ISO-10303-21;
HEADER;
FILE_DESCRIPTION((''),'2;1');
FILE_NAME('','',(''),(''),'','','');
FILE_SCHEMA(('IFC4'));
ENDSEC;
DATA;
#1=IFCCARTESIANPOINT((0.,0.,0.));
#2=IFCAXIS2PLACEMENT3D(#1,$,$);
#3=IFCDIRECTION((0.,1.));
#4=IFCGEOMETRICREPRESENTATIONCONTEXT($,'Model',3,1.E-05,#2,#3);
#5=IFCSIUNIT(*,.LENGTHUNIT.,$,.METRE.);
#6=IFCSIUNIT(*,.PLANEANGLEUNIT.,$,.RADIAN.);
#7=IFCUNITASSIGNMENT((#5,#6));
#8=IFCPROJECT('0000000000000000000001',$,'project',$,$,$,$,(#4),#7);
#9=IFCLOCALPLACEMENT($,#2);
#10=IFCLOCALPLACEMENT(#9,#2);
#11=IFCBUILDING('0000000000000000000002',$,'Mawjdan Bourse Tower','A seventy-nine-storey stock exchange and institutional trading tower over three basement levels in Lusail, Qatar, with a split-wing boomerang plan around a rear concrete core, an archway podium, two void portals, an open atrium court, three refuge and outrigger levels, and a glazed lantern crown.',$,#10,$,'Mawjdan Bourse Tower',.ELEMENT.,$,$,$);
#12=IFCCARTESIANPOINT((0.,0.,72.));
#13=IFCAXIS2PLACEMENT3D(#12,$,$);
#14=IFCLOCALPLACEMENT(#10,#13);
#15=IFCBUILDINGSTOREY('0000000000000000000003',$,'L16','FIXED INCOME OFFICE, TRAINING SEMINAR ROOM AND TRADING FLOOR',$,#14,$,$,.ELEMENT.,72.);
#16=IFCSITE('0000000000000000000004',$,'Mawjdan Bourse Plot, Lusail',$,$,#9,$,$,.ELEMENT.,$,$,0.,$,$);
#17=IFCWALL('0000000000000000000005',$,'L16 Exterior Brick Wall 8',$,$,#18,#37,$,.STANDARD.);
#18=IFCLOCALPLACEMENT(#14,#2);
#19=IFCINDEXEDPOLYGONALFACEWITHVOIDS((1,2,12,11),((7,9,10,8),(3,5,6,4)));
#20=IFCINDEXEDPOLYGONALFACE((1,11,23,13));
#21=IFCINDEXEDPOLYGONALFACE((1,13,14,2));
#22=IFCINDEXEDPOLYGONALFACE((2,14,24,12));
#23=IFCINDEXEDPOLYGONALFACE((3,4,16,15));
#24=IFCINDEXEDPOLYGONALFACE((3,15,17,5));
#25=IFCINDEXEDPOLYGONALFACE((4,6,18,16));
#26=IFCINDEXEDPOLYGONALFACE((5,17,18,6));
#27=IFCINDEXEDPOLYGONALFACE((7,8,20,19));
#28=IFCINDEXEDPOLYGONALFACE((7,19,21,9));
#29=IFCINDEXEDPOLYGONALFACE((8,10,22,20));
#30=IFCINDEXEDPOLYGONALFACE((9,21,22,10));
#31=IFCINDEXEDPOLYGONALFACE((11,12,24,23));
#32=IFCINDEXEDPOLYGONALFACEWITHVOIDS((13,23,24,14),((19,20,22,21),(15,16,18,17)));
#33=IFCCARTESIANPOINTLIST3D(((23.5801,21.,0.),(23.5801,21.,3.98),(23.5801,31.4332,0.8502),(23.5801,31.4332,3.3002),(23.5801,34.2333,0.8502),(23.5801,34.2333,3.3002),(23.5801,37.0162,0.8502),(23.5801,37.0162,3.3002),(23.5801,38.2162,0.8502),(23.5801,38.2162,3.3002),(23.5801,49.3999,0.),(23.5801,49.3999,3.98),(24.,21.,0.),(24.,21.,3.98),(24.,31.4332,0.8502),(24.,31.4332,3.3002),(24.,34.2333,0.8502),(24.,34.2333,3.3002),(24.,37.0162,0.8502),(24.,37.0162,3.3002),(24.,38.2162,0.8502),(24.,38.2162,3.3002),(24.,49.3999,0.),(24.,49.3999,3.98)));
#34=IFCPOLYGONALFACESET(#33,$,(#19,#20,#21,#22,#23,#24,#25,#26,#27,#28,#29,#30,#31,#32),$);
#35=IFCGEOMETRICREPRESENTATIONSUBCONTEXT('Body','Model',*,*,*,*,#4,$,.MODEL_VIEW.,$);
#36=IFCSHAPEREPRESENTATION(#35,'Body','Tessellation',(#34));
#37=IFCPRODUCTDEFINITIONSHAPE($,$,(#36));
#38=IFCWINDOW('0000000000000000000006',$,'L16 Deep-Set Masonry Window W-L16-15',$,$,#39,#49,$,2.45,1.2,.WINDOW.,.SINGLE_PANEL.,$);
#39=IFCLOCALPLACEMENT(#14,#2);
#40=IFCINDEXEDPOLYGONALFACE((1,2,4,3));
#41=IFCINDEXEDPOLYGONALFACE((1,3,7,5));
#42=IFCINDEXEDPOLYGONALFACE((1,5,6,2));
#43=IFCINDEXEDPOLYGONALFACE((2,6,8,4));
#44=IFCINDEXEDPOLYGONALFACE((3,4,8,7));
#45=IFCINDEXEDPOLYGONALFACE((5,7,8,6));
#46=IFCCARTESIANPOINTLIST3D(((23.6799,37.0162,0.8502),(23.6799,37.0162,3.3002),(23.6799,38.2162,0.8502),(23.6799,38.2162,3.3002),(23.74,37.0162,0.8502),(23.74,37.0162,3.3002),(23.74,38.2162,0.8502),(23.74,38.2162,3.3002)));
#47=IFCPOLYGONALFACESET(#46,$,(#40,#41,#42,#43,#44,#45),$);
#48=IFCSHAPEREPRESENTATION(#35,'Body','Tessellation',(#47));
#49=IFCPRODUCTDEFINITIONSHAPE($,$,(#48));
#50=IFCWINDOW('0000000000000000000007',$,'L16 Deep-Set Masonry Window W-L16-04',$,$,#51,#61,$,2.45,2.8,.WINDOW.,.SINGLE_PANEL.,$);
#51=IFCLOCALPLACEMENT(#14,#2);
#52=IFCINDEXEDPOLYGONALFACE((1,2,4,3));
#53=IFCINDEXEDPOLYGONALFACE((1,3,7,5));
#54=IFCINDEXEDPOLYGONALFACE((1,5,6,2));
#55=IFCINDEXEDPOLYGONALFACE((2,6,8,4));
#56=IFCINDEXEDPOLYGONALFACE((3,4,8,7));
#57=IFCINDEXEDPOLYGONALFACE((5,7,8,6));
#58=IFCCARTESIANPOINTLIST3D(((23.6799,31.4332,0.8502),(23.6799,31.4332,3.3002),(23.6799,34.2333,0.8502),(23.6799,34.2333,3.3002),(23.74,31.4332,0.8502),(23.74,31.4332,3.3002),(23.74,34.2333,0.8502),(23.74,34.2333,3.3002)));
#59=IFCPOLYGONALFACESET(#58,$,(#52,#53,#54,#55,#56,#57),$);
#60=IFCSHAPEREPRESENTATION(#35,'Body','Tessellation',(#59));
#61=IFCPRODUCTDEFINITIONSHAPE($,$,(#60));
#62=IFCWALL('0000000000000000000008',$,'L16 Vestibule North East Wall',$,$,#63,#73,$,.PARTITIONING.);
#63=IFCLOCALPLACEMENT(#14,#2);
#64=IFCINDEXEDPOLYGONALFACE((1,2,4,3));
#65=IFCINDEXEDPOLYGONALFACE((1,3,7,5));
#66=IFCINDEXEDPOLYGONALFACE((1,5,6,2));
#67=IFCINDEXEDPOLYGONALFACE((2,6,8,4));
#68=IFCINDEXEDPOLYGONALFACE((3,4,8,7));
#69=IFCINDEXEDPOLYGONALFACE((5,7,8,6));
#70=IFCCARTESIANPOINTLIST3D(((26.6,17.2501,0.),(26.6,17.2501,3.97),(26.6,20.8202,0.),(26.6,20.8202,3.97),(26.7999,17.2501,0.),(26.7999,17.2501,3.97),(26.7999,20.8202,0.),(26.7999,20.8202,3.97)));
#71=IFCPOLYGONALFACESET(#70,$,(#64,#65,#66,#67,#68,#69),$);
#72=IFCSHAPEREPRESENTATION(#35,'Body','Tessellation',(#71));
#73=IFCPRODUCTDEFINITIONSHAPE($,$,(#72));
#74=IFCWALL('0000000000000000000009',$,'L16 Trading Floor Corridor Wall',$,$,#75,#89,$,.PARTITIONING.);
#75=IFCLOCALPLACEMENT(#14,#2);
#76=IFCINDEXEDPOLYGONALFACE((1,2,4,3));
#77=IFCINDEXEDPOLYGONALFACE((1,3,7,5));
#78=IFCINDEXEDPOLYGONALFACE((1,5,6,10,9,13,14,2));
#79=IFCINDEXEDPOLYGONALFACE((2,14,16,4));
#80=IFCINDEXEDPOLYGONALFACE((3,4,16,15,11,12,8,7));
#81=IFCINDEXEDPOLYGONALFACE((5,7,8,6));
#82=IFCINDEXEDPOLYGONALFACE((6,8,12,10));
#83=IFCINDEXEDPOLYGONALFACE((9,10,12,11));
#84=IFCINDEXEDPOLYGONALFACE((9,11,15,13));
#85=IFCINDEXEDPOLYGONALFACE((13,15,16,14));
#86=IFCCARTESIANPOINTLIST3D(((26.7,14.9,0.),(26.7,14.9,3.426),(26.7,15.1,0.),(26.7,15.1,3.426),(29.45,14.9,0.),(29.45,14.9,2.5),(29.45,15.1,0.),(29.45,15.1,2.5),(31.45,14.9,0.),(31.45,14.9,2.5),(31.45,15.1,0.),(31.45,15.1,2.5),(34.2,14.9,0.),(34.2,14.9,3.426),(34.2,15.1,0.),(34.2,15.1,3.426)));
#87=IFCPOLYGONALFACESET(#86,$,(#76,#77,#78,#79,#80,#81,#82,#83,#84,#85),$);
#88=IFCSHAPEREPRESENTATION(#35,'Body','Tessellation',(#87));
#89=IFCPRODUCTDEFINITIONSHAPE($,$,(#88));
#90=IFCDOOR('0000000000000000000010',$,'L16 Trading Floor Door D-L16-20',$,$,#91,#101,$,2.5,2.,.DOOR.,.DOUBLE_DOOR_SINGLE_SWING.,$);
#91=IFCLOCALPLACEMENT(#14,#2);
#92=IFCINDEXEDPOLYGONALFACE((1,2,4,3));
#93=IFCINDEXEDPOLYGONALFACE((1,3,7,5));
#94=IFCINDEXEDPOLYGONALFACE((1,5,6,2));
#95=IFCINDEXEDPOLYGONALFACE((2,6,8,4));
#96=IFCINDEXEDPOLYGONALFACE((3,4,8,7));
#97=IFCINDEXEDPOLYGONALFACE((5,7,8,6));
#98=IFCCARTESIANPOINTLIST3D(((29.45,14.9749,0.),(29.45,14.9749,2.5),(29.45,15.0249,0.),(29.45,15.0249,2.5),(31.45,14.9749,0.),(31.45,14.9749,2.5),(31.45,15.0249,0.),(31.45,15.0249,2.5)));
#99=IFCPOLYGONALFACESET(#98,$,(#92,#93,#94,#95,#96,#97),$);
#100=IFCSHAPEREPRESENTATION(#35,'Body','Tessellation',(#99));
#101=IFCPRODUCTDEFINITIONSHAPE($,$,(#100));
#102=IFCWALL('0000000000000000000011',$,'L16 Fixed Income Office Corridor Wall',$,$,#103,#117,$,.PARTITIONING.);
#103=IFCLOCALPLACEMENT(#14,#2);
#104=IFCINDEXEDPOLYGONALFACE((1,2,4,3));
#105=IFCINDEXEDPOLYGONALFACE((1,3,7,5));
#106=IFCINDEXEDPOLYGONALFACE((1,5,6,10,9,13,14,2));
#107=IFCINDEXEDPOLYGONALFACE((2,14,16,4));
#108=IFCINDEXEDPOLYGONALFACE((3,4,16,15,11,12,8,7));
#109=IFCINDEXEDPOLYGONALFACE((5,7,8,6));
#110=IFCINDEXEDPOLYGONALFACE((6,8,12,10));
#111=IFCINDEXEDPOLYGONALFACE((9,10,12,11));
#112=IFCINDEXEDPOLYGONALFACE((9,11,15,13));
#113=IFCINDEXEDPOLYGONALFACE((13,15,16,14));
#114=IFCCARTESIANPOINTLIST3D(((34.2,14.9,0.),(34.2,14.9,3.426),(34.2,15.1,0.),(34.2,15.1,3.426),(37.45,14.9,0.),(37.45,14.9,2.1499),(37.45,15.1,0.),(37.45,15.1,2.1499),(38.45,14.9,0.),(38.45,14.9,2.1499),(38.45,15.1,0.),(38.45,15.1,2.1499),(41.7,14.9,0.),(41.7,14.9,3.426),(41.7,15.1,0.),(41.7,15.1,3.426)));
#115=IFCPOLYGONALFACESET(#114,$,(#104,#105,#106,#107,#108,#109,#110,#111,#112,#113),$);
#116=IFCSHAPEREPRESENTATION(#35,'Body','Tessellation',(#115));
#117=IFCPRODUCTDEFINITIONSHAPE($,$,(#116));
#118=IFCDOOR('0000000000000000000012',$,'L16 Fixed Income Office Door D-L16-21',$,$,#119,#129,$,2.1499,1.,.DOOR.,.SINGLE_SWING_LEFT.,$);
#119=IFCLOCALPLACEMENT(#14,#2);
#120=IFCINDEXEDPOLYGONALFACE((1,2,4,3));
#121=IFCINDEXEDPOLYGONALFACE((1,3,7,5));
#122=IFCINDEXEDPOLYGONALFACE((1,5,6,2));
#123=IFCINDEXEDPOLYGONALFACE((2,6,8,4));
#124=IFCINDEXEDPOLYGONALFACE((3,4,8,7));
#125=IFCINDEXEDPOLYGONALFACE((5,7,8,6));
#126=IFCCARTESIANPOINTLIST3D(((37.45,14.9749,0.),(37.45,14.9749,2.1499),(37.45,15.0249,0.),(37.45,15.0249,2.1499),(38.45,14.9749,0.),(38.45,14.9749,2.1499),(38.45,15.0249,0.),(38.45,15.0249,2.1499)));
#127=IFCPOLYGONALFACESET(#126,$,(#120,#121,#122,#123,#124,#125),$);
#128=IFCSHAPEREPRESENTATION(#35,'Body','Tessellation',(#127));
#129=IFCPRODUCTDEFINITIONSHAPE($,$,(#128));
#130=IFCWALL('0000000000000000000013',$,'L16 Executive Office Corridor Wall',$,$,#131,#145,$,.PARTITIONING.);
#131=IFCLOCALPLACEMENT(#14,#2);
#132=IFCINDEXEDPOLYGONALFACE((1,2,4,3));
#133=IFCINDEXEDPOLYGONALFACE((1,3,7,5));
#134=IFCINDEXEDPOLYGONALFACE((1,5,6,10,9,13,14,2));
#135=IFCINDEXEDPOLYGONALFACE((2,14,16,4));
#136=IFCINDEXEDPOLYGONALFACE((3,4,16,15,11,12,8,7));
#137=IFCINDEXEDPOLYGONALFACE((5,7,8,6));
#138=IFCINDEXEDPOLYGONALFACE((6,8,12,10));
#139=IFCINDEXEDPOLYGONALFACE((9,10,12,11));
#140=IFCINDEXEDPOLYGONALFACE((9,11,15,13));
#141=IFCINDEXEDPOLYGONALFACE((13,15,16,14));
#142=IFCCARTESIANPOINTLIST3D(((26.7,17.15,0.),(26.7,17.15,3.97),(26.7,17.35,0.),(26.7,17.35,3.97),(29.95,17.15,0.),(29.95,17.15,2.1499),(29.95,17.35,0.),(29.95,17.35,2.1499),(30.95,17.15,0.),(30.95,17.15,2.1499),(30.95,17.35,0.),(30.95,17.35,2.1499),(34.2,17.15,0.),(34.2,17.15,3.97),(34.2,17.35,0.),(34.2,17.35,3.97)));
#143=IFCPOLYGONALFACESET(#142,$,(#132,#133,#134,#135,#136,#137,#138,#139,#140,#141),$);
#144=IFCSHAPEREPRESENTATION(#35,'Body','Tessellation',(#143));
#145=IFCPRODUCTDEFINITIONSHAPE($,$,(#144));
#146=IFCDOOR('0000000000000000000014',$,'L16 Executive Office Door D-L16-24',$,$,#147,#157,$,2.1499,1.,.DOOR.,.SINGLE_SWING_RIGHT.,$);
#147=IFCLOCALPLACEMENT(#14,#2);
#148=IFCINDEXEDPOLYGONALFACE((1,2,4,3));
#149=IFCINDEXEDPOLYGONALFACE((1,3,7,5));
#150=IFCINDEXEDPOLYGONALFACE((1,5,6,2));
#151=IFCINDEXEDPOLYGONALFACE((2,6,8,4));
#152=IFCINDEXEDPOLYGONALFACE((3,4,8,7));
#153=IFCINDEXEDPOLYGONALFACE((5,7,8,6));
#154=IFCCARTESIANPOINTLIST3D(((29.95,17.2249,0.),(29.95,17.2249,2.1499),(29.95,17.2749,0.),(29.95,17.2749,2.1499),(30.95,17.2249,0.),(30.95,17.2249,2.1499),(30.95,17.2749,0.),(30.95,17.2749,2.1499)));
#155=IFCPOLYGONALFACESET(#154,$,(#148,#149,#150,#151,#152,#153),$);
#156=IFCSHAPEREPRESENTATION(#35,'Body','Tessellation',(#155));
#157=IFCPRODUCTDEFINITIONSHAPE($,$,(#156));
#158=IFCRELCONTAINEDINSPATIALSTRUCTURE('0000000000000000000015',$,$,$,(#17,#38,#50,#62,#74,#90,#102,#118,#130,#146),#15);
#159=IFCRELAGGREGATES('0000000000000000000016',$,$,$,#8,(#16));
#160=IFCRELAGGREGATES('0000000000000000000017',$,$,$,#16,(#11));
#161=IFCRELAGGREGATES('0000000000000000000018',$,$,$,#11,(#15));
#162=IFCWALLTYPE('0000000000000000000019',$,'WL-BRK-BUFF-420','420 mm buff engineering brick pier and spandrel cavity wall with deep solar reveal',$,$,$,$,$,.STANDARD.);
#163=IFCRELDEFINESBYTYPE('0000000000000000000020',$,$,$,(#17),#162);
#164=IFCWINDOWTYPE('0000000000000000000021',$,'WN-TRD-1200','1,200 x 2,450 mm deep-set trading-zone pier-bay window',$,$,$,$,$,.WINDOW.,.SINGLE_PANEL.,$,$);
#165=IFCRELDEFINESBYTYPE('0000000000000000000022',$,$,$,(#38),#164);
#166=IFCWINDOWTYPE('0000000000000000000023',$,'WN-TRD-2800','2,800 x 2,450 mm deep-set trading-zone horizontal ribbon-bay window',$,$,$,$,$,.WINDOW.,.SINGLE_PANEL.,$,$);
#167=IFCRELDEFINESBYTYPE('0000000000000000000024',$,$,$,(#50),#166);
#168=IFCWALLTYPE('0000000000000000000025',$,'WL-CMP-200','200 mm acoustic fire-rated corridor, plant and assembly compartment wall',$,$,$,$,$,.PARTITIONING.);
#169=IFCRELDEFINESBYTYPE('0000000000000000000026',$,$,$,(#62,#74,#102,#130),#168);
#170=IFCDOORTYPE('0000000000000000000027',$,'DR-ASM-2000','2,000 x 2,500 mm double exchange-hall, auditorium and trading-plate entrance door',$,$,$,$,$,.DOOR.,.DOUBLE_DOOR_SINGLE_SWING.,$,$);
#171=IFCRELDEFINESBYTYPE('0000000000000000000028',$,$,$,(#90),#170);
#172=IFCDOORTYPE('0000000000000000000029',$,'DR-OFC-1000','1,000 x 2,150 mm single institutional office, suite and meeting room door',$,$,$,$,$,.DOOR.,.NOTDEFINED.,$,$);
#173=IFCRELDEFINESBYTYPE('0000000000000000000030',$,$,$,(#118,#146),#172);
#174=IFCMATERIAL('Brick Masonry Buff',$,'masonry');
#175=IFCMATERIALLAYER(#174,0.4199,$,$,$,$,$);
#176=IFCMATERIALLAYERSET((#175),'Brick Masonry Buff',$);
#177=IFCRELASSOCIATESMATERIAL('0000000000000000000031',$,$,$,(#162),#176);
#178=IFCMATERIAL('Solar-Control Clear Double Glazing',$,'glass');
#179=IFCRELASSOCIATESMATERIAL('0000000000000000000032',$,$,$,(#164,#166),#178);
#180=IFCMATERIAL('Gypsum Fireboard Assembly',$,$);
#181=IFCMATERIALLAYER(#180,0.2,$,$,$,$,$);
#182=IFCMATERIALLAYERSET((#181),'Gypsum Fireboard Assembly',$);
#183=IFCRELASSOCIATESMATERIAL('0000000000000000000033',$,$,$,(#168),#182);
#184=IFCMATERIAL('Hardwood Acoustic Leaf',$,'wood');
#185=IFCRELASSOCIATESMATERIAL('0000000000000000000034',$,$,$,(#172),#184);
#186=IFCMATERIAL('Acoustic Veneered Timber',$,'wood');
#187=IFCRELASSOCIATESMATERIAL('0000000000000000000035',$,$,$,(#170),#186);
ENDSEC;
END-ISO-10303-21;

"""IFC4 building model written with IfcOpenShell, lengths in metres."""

from ifc_helpers import new_model, si_unit, direction, frame, frame_2d, origin, place, context, subcontext, project, spatial, rectangle, extrude, material, layer, layer_set, type_object, element, fill, save


model = new_model("IFC4")

# Units and contexts
model_context = context("Model", 3, precision=1e-05, world=origin(), true_north=direction((0.0, 1.0)))
body_context = subcontext(model_context, "Body", "Model", "MODEL_VIEW")
ifc_project = project(units=[si_unit("LENGTHUNIT", "METRE"), si_unit("PLANEANGLEUNIT", "RADIAN")], contexts=[model_context])

# Site, building, storey
site_placement = place(None, origin())
site = spatial("IfcSite", under=ifc_project, at=site_placement, Name="Mawjdan Bourse Plot, Lusail", CompositionType="ELEMENT", RefElevation=0.0)
building_placement = place(site_placement, origin())
building = spatial("IfcBuilding", under=site, at=building_placement, Name="Mawjdan Bourse Tower", Description="A seventy-nine-storey stock exchange and institutional trading tower over three basement levels in Lusail, Qatar, with a split-wing boomerang plan around a rear concrete core, an archway podium, two void portals, an open atrium court, three refuge and outrigger levels, and a glazed lantern crown.", LongName="Mawjdan Bourse Tower", CompositionType="ELEMENT")
storey_placement = place(building_placement, frame((0.0, 0.0, 72.0)))
storey = spatial("IfcBuildingStorey", under=building, at=storey_placement, Name="L16", Description="FIXED INCOME OFFICE, TRAINING SEMINAR ROOM AND TRADING FLOOR", CompositionType="ELEMENT", Elevation=72.0)

# Wall, openings, windows
ifc_material_1 = material(Name="Brick Masonry Buff", Category="masonry")
ifc_layer_1 = layer(ifc_material_1, 0.4199)
ifc_layer_set_1 = layer_set([ifc_layer_1], Name="Brick Masonry Buff")
wall_type_1 = type_object("IfcWallType", Name="WL-BRK-BUFF-420", Description="420 mm buff engineering brick pier and spandrel cavity wall with deep solar reveal", PredefinedType="STANDARD", material=ifc_layer_set_1)
wall_1_placement = place(storey_placement, frame((23.79, 21.0, 0.0), z_axis=(0.0, 0.0, 1.0), x_axis=(0.0, 1.0, 0.0)))
wall_1 = element("IfcWall", 1, at=wall_1_placement, inside=storey, type_object=wall_type_1, Name="L16 Exterior Brick Wall 8", PredefinedType="STANDARD", context=body_context, shape_type="SweptSolid", body=[
    extrude(rectangle(XDim=28.3999, YDim=0.4199, at=frame_2d((14.2, 0.0))), origin(), (0.0, 0.0, 1.0), 3.98),
])
opening_1_placement = place(wall_1_placement, frame((10.4333, 0.0, 0.8501)))
opening_1 = element("IfcOpeningElement", 2, at=opening_1_placement, cuts=wall_1, PredefinedType="OPENING", context=body_context, shape_type="SweptSolid", body=[
    extrude(rectangle(XDim=2.8, YDim=2.45, at=frame_2d((1.3999, 1.2251))), frame((0.0, 0.22, 0.0), z_axis=(0.0, -1.0, 0.0), x_axis=(1.0, 0.0, 0.0)), (0.0, 0.0, 1.0), 0.4399),
])
opening_2_placement = place(wall_1_placement, frame((16.0161, 0.0, 0.8501)))
opening_2 = element("IfcOpeningElement", 3, at=opening_2_placement, cuts=wall_1, PredefinedType="OPENING", context=body_context, shape_type="SweptSolid", body=[
    extrude(rectangle(XDim=1.2, YDim=2.45, at=frame_2d((0.6001, 1.2251))), frame((0.0, 0.22, 0.0), z_axis=(0.0, -1.0, 0.0), x_axis=(1.0, 0.0, 0.0)), (0.0, 0.0, 1.0), 0.4399),
])
ifc_material_2 = material(Name="Solar-Control Clear Double Glazing", Category="glass")
window_type_1 = type_object("IfcWindowType", Name="WN-TRD-1200", Description="1,200 x 2,450 mm deep-set trading-zone pier-bay window", PartitioningType="SINGLE_PANEL", PredefinedType="WINDOW", material=ifc_material_2)
window_1_placement = place(opening_2_placement, origin())
window_1 = element("IfcWindow", 4, at=window_1_placement, inside=storey, type_object=window_type_1, Name="L16 Deep-Set Masonry Window W-L16-15", OverallHeight=2.45, OverallWidth=1.2, PartitioningType="SINGLE_PANEL", PredefinedType="WINDOW", context=body_context, shape_type="SweptSolid", body=[
    extrude(rectangle(XDim=1.2, YDim=2.45, at=frame_2d((0.6001, 1.2251))), frame((0.0, 0.1101, 0.0), z_axis=(0.0, -1.0, 0.0), x_axis=(1.0, 0.0, 0.0)), (0.0, 0.0, 1.0), 0.0601),
])
fill(opening_2, window_1)
window_type_2 = type_object("IfcWindowType", Name="WN-TRD-2800", Description="2,800 x 2,450 mm deep-set trading-zone horizontal ribbon-bay window", PartitioningType="SINGLE_PANEL", PredefinedType="WINDOW", material=ifc_material_2)
window_2_placement = place(opening_1_placement, origin())
window_2 = element("IfcWindow", 5, at=window_2_placement, inside=storey, type_object=window_type_2, Name="L16 Deep-Set Masonry Window W-L16-04", OverallHeight=2.45, OverallWidth=2.8, PartitioningType="SINGLE_PANEL", PredefinedType="WINDOW", context=body_context, shape_type="SweptSolid", body=[
    extrude(rectangle(XDim=2.8, YDim=2.45, at=frame_2d((1.3999, 1.2251))), frame((0.0, 0.1101, 0.0), z_axis=(0.0, -1.0, 0.0), x_axis=(1.0, 0.0, 0.0)), (0.0, 0.0, 1.0), 0.0601),
])
fill(opening_1, window_2)

# Shared definitions
ifc_material_3 = material(Name="Gypsum Fireboard Assembly")
ifc_layer_2 = layer(ifc_material_3, 0.2)
ifc_layer_set_2 = layer_set([ifc_layer_2], Name="Gypsum Fireboard Assembly")
wall_type_2 = type_object("IfcWallType", Name="WL-CMP-200", Description="200 mm acoustic fire-rated corridor, plant and assembly compartment wall", PredefinedType="PARTITIONING", material=ifc_layer_set_2)
ifc_material_4 = material(Name="Hardwood Acoustic Leaf", Category="wood")
door_type_1 = type_object("IfcDoorType", Name="DR-OFC-1000", Description="1,000 x 2,150 mm single institutional office, suite and meeting room door", OperationType="NOTDEFINED", PredefinedType="DOOR", material=ifc_material_4)

# Wall
wall_2_placement = place(storey_placement, frame((26.7, 17.25, 0.0), z_axis=(0.0, 0.0, 1.0), x_axis=(0.0, 1.0, 0.0)))
element("IfcWall", 6, at=wall_2_placement, inside=storey, type_object=wall_type_2, Name="L16 Vestibule North East Wall", PredefinedType="PARTITIONING", context=body_context, shape_type="SweptSolid", body=[
    extrude(rectangle(XDim=3.5701, YDim=0.2, at=frame_2d((1.7852, 0.0))), origin(), (0.0, 0.0, 1.0), 3.97),
])

# Walls, openings, doors
wall_3_placement = place(storey_placement, frame((26.7, 15.0, 0.0), z_axis=(0.0, 0.0, 1.0), x_axis=(1.0, 0.0, 0.0)))
wall_3 = element("IfcWall", 7, at=wall_3_placement, inside=storey, type_object=wall_type_2, Name="L16 Trading Floor Corridor Wall", PredefinedType="PARTITIONING", context=body_context, shape_type="SweptSolid", body=[
    extrude(rectangle(XDim=7.5, YDim=0.2, at=frame_2d((3.75, 0.0))), origin(), (0.0, 0.0, 1.0), 3.426),
])
opening_3_placement = place(wall_3_placement, frame((2.75, 0.0, 0.0)))
opening_3 = element("IfcOpeningElement", 8, at=opening_3_placement, cuts=wall_3, PredefinedType="OPENING", context=body_context, shape_type="SweptSolid", body=[
    extrude(rectangle(XDim=2.0, YDim=2.5, at=frame_2d((1.0, 1.25))), frame((0.0, 0.1099, 0.0), z_axis=(0.0, -1.0, 0.0), x_axis=(1.0, 0.0, 0.0)), (0.0, 0.0, 1.0), 0.22),
])
ifc_material_5 = material(Name="Acoustic Veneered Timber", Category="wood")
door_type_2 = type_object("IfcDoorType", Name="DR-ASM-2000", Description="2,000 x 2,500 mm double exchange-hall, auditorium and trading-plate entrance door", OperationType="DOUBLE_DOOR_SINGLE_SWING", PredefinedType="DOOR", material=ifc_material_5)
door_1_placement = place(opening_3_placement, origin())
door_1 = element("IfcDoor", 9, at=door_1_placement, inside=storey, type_object=door_type_2, Name="L16 Trading Floor Door D-L16-20", OperationType="DOUBLE_DOOR_SINGLE_SWING", OverallHeight=2.5, OverallWidth=2.0, PredefinedType="DOOR", context=body_context, shape_type="SweptSolid", body=[
    extrude(rectangle(XDim=2.0, YDim=2.5, at=frame_2d((1.0, 1.25))), frame((0.0, 0.0249, 0.0), z_axis=(0.0, -1.0, 0.0), x_axis=(1.0, 0.0, 0.0)), (0.0, 0.0, 1.0), 0.05),
])
fill(opening_3, door_1)
wall_4_placement = place(storey_placement, frame((34.2, 15.0, 0.0), z_axis=(0.0, 0.0, 1.0), x_axis=(1.0, 0.0, 0.0)))
wall_4 = element("IfcWall", 10, at=wall_4_placement, inside=storey, type_object=wall_type_2, Name="L16 Fixed Income Office Corridor Wall", PredefinedType="PARTITIONING", context=body_context, shape_type="SweptSolid", body=[
    extrude(rectangle(XDim=7.5, YDim=0.2, at=frame_2d((3.75, 0.0))), origin(), (0.0, 0.0, 1.0), 3.426),
])
opening_4_placement = place(wall_4_placement, frame((3.25, 0.0, 0.0)))
opening_4 = element("IfcOpeningElement", 11, at=opening_4_placement, cuts=wall_4, PredefinedType="OPENING", context=body_context, shape_type="SweptSolid", body=[
    extrude(rectangle(XDim=1.0, YDim=2.1499, at=frame_2d((0.5, 1.075))), frame((0.0, 0.1099, 0.0), z_axis=(0.0, -1.0, 0.0), x_axis=(1.0, 0.0, 0.0)), (0.0, 0.0, 1.0), 0.22),
])
door_2_placement = place(opening_4_placement, origin())
door_2 = element("IfcDoor", 12, at=door_2_placement, inside=storey, type_object=door_type_1, Name="L16 Fixed Income Office Door D-L16-21", OperationType="SINGLE_SWING_LEFT", OverallHeight=2.1499, OverallWidth=1.0, PredefinedType="DOOR", context=body_context, shape_type="SweptSolid", body=[
    extrude(rectangle(XDim=1.0, YDim=2.1499, at=frame_2d((0.5, 1.075))), frame((0.0, 0.0249, 0.0), z_axis=(0.0, -1.0, 0.0), x_axis=(1.0, 0.0, 0.0)), (0.0, 0.0, 1.0), 0.05),
])
fill(opening_4, door_2)
wall_5_placement = place(storey_placement, frame((26.7, 17.25, 0.0), z_axis=(0.0, 0.0, 1.0), x_axis=(1.0, 0.0, 0.0)))
wall_5 = element("IfcWall", 13, at=wall_5_placement, inside=storey, type_object=wall_type_2, Name="L16 Executive Office Corridor Wall", PredefinedType="PARTITIONING", context=body_context, shape_type="SweptSolid", body=[
    extrude(rectangle(XDim=7.5, YDim=0.2, at=frame_2d((3.75, 0.0))), origin(), (0.0, 0.0, 1.0), 3.97),
])
opening_5_placement = place(wall_5_placement, frame((3.25, 0.0, 0.0)))
opening_5 = element("IfcOpeningElement", 14, at=opening_5_placement, cuts=wall_5, PredefinedType="OPENING", context=body_context, shape_type="SweptSolid", body=[
    extrude(rectangle(XDim=1.0, YDim=2.1499, at=frame_2d((0.5, 1.075))), frame((0.0, 0.1099, 0.0), z_axis=(0.0, -1.0, 0.0), x_axis=(1.0, 0.0, 0.0)), (0.0, 0.0, 1.0), 0.22),
])
door_3_placement = place(opening_5_placement, origin())
door_3 = element("IfcDoor", 15, at=door_3_placement, inside=storey, type_object=door_type_1, Name="L16 Executive Office Door D-L16-24", OperationType="SINGLE_SWING_RIGHT", OverallHeight=2.1499, OverallWidth=1.0, PredefinedType="DOOR", context=body_context, shape_type="SweptSolid", body=[
    extrude(rectangle(XDim=1.0, YDim=2.1499, at=frame_2d((0.5, 1.075))), frame((0.0, 0.0249, 0.0), z_axis=(0.0, -1.0, 0.0), x_axis=(1.0, 0.0, 0.0)), (0.0, 0.0, 1.0), 0.05),
])
fill(opening_5, door_3)

save(model, "model.ifc")
